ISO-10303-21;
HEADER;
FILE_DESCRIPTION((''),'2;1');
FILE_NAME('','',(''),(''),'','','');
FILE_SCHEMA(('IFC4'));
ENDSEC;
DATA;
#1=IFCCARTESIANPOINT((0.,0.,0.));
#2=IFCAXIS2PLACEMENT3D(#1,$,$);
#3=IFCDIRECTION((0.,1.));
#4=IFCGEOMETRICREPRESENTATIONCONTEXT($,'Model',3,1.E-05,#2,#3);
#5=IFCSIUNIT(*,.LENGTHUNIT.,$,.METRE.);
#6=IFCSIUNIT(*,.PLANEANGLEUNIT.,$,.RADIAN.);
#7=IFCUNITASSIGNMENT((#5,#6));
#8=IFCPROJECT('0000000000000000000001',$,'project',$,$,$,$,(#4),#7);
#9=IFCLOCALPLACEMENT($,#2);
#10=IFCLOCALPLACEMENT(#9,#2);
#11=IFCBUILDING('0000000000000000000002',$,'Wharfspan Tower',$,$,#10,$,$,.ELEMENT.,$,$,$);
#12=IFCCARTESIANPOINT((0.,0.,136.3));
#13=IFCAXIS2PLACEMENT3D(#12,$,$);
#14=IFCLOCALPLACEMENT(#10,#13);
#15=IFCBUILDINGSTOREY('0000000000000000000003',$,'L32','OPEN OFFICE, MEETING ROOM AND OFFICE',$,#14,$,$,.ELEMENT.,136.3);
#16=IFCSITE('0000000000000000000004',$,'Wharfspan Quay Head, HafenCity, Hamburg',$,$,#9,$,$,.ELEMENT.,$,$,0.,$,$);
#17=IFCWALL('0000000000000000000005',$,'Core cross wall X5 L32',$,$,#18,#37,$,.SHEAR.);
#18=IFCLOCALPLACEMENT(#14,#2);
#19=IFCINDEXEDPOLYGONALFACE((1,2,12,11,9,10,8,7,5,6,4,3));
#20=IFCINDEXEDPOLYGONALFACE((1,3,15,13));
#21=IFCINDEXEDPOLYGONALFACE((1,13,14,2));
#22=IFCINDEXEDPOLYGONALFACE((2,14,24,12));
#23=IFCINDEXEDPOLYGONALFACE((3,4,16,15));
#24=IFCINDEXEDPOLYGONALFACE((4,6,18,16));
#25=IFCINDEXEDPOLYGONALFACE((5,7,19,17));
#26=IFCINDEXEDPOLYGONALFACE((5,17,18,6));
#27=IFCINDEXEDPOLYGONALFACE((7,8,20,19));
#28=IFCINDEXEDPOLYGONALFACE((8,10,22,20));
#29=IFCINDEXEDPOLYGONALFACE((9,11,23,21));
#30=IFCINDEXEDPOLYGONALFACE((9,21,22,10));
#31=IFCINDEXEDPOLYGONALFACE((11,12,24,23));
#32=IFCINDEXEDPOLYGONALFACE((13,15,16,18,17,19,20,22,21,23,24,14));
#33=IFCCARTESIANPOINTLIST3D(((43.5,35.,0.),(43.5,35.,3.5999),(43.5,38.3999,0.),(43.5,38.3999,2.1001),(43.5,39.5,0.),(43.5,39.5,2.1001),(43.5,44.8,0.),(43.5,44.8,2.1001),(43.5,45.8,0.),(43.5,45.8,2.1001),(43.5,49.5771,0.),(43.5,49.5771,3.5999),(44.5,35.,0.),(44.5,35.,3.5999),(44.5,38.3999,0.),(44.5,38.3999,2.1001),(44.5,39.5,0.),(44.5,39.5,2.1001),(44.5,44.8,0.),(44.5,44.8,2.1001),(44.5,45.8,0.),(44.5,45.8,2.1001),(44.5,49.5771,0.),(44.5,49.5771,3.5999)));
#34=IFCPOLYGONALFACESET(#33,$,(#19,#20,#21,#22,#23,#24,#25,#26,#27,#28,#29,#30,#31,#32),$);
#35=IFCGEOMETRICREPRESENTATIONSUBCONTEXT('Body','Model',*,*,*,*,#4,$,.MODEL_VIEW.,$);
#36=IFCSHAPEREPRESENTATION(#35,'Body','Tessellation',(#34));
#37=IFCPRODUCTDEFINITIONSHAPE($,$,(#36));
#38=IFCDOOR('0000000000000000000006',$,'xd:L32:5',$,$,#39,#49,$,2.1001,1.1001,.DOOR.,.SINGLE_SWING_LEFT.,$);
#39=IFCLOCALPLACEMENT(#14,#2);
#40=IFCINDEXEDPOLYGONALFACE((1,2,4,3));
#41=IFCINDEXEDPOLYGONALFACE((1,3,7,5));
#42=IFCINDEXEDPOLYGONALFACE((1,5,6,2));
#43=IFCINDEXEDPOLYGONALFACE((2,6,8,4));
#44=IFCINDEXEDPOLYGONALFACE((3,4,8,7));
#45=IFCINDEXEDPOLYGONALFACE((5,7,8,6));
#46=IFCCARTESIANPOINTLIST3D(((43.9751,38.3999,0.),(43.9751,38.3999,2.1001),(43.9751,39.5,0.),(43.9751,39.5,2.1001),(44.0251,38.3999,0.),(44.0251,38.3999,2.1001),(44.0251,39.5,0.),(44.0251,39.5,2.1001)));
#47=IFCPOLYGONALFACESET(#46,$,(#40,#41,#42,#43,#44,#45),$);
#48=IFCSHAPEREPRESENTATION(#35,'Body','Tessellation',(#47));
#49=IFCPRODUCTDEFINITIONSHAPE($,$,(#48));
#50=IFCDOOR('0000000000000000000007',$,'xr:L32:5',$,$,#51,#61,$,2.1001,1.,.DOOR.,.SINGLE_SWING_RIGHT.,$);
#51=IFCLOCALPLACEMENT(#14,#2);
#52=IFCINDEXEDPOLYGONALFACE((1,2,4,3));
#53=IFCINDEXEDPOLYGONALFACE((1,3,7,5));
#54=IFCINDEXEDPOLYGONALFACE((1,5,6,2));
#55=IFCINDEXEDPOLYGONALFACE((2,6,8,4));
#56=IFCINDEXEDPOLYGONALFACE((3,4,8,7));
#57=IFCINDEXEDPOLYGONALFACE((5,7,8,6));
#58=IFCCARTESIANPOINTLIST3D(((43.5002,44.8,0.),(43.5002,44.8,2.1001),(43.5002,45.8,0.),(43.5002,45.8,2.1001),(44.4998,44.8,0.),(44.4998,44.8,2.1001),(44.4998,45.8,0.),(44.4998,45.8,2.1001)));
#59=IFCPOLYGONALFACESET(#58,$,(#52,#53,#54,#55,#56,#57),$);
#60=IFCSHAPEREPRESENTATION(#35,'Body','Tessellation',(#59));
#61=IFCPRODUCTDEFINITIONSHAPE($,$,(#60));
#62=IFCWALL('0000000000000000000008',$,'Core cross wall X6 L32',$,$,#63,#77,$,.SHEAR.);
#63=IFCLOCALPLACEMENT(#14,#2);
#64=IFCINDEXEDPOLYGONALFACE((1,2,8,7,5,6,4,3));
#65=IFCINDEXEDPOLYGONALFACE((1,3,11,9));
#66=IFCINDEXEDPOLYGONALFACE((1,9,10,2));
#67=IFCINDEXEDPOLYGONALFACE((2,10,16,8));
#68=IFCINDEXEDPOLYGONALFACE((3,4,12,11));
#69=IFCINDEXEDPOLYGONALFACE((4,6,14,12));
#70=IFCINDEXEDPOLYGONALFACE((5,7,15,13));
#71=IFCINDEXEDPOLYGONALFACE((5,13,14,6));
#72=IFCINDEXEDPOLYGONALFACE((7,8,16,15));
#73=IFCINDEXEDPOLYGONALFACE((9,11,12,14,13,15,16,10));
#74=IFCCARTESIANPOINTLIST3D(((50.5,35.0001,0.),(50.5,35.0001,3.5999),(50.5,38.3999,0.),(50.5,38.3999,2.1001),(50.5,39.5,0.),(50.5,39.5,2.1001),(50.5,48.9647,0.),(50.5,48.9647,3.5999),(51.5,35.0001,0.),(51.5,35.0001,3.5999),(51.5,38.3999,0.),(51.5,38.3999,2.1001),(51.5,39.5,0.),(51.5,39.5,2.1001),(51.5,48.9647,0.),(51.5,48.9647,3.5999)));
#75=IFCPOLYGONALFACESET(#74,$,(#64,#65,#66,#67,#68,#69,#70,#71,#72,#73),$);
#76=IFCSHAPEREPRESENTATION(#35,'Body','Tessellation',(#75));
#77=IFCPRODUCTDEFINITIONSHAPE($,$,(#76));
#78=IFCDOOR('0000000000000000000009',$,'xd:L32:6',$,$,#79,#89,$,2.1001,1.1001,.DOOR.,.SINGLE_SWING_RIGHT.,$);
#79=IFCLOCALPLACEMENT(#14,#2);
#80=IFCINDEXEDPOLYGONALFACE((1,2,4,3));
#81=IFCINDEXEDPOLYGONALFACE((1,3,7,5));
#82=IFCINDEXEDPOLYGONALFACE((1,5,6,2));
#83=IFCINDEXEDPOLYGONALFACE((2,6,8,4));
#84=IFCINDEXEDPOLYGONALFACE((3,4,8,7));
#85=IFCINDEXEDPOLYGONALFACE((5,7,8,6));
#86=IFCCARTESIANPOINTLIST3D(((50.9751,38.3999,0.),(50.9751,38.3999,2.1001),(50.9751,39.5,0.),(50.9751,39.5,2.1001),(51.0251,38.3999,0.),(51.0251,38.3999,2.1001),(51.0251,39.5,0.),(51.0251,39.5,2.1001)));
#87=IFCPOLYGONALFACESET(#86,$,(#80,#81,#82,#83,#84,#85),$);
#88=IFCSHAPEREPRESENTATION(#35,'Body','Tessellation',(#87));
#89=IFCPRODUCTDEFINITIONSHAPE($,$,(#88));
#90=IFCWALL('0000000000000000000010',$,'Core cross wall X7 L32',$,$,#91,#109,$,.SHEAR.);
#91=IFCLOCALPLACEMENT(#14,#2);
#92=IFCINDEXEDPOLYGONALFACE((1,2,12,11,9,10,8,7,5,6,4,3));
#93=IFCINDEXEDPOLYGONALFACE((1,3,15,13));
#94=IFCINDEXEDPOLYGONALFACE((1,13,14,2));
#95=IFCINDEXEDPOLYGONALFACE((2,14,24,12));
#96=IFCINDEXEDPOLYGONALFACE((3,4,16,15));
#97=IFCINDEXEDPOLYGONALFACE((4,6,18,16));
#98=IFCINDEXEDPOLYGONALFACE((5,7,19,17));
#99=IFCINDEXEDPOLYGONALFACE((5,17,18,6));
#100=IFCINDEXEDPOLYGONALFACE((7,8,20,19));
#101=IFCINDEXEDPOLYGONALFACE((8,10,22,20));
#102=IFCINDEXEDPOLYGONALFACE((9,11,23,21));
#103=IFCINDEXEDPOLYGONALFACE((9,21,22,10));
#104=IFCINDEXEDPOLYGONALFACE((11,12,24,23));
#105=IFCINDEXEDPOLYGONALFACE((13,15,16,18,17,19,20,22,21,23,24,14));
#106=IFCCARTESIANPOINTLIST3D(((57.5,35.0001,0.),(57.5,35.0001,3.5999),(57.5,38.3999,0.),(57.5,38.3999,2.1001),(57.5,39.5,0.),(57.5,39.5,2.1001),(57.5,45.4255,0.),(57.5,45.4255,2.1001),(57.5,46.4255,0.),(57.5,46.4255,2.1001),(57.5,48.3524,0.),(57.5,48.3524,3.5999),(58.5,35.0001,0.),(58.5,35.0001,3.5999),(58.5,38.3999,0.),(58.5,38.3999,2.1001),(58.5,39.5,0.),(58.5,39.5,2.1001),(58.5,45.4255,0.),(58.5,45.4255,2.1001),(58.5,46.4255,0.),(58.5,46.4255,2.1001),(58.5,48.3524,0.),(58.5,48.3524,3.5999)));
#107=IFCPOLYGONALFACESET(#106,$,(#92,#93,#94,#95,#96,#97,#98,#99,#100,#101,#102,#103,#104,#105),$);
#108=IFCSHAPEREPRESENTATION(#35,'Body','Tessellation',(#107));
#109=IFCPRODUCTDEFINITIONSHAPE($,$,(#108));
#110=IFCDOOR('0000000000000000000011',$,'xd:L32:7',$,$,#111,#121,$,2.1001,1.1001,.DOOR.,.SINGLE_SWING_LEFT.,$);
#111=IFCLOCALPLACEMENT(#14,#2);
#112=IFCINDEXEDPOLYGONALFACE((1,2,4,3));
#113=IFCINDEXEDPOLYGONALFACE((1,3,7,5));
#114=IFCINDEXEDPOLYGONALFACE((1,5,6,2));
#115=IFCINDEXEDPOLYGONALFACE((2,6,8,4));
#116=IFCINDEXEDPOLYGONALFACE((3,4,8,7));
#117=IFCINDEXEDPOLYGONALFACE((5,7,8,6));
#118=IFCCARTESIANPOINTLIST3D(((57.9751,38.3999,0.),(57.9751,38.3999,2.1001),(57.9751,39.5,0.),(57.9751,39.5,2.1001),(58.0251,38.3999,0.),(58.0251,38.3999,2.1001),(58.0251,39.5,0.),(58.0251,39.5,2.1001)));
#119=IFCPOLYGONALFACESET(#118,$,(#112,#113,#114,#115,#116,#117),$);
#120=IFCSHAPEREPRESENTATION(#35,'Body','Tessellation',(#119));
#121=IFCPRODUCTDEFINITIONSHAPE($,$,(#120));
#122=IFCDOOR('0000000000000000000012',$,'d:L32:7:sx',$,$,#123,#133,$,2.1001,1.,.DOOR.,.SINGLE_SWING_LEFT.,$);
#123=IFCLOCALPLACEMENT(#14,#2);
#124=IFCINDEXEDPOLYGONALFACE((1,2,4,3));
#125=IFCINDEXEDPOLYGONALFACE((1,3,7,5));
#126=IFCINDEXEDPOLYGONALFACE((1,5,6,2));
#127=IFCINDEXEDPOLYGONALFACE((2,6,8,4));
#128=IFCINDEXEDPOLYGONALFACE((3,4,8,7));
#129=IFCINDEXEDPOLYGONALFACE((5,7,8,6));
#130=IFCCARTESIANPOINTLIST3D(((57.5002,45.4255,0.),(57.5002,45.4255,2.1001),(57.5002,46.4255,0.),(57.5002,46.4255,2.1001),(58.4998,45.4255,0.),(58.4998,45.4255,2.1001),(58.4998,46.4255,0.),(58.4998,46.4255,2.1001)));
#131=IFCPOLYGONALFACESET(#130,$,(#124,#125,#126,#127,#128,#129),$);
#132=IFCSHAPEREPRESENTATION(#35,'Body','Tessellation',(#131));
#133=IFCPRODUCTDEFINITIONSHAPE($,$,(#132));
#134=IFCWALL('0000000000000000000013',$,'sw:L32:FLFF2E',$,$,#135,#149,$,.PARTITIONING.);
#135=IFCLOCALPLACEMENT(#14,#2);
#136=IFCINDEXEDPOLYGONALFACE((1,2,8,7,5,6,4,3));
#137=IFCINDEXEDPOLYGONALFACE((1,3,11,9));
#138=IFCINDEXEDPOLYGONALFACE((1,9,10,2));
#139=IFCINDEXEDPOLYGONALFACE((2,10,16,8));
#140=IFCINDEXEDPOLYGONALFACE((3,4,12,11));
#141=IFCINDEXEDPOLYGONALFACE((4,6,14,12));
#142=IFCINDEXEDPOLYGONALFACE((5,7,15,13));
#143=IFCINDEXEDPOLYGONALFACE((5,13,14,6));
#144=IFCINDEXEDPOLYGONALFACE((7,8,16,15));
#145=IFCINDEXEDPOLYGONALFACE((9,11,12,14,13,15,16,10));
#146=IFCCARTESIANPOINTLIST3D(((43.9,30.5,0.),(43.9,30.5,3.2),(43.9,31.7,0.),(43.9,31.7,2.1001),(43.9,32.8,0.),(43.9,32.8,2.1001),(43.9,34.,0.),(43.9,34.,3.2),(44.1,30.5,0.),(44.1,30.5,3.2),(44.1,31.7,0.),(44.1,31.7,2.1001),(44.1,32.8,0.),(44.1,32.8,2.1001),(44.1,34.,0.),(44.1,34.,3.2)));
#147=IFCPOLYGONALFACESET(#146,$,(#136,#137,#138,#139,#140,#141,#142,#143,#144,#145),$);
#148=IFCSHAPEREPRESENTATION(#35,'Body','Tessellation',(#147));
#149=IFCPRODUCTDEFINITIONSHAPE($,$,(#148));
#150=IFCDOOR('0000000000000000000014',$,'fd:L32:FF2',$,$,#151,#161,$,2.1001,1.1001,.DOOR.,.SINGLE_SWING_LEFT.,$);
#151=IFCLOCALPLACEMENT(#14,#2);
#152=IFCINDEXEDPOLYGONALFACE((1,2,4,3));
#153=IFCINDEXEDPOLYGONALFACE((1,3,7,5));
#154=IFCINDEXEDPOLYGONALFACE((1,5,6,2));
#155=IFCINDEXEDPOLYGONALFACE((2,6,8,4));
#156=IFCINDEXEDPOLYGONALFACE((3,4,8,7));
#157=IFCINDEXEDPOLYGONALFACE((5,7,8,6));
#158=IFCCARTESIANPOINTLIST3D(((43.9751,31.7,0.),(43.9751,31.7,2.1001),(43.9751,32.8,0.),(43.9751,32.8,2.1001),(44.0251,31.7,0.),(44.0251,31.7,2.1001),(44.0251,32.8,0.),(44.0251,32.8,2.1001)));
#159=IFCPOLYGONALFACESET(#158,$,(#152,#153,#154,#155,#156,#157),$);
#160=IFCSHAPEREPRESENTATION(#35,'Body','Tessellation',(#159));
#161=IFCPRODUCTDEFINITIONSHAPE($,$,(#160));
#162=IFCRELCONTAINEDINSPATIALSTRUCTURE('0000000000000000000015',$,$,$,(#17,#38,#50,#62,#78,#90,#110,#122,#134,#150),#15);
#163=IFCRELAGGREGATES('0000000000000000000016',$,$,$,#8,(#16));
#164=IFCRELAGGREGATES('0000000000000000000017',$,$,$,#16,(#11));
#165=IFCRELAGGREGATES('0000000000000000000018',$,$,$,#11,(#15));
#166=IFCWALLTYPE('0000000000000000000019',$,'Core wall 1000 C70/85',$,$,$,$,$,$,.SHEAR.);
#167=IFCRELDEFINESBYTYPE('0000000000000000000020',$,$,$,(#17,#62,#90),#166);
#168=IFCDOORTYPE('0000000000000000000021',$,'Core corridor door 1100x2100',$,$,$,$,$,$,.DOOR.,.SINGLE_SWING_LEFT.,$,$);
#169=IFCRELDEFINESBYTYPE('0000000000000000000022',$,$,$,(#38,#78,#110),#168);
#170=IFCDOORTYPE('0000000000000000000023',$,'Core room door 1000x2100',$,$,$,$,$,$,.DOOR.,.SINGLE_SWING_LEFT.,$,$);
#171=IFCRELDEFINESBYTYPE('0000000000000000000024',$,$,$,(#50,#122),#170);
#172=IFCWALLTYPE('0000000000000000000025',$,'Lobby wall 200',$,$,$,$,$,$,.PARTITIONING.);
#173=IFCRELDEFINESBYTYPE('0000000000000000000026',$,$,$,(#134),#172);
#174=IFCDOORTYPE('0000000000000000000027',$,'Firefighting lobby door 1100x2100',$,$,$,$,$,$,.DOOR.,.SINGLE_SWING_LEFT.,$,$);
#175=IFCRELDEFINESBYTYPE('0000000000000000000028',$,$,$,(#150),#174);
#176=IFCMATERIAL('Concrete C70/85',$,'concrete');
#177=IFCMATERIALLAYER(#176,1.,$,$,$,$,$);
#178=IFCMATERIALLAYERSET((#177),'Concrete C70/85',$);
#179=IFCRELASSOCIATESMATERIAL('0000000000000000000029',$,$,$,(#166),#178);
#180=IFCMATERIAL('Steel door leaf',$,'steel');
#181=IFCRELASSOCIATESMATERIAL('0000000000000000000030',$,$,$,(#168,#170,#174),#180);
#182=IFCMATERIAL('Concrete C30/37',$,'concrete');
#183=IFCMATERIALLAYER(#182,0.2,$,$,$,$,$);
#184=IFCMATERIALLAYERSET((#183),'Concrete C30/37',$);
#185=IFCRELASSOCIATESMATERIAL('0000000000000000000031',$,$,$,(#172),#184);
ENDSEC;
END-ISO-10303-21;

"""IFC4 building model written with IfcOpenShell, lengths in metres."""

from ifc_helpers import new_model, si_unit, direction, frame, frame_2d, origin, place, context, subcontext, project, spatial, rectangle, extrude, material, layer, layer_set, type_object, element, fill, save


model = new_model("IFC4")

# Units and contexts
model_context = context("Model", 3, precision=1e-05, world=origin(), true_north=direction((0.0, 1.0)))
body_context = subcontext(model_context, "Body", "Model", "MODEL_VIEW")
ifc_project = project(units=[si_unit("LENGTHUNIT", "METRE"), si_unit("PLANEANGLEUNIT", "RADIAN")], contexts=[model_context])

# Site, building, storey
site_placement = place(None, origin())
site = spatial("IfcSite", under=ifc_project, at=site_placement, Name="Wharfspan Quay Head, HafenCity, Hamburg", CompositionType="ELEMENT", RefElevation=0.0)
building_placement = place(site_placement, origin())
building = spatial("IfcBuilding", under=site, at=building_placement, Name="Wharfspan Tower", CompositionType="ELEMENT")
storey_placement = place(building_placement, frame((0.0, 0.0, 136.3)))
storey = spatial("IfcBuildingStorey", under=building, at=storey_placement, Name="L32", Description="OPEN OFFICE, MEETING ROOM AND OFFICE", CompositionType="ELEMENT", Elevation=136.3)

# Wall, openings, doors
ifc_material_1 = material(Name="Concrete C70/85", Category="concrete")
ifc_layer_1 = layer(ifc_material_1, 1.0)
ifc_layer_set_1 = layer_set([ifc_layer_1], Name="Concrete C70/85")
wall_type_1 = type_object("IfcWallType", Name="Core wall 1000 C70/85", PredefinedType="SHEAR", material=ifc_layer_set_1)
wall_1_placement = place(storey_placement, frame((44.0, 35.0, 0.0), z_axis=(0.0, 0.0, 1.0), x_axis=(0.0, 1.0, 0.0)))
wall_1 = element("IfcWall", 1, at=wall_1_placement, inside=storey, type_object=wall_type_1, Name="Core cross wall X5 L32", PredefinedType="SHEAR", context=body_context, shape_type="SweptSolid", body=[
    extrude(rectangle(XDim=14.5771, YDim=1.0, at=frame_2d((7.2886, 0.0))), origin(), (0.0, 0.0, 1.0), 3.5999),
])
opening_1_placement = place(wall_1_placement, frame((3.3999, 0.0, 0.0)))
opening_1 = element("IfcOpeningElement", 2, at=opening_1_placement, cuts=wall_1, PredefinedType="OPENING", context=body_context, shape_type="SweptSolid", body=[
    extrude(rectangle(XDim=1.1001, YDim=2.1001, at=frame_2d((0.55, 1.05))), frame((0.0, 0.51, 0.0), z_axis=(0.0, -1.0, 0.0), x_axis=(1.0, 0.0, 0.0)), (0.0, 0.0, 1.0), 1.02),
])
opening_2_placement = place(wall_1_placement, frame((9.8, 0.0, 0.0)))
opening_2 = element("IfcOpeningElement", 3, at=opening_2_placement, cuts=wall_1, PredefinedType="OPENING", context=body_context, shape_type="SweptSolid", body=[
    extrude(rectangle(XDim=1.0, YDim=2.1001, at=frame_2d((0.5, 1.05))), frame((0.0, 0.51, 0.0), z_axis=(0.0, -1.0, 0.0), x_axis=(1.0, 0.0, 0.0)), (0.0, 0.0, 1.0), 1.02),
])
ifc_material_2 = material(Name="Steel door leaf", Category="steel")
door_type_1 = type_object("IfcDoorType", Name="Core corridor door 1100x2100", OperationType="SINGLE_SWING_LEFT", PredefinedType="DOOR", material=ifc_material_2)
door_1_placement = place(opening_1_placement, origin())
door_1 = element("IfcDoor", 4, at=door_1_placement, inside=storey, type_object=door_type_1, Name="xd:L32:5", OperationType="SINGLE_SWING_LEFT", OverallHeight=2.1001, OverallWidth=1.1001, PredefinedType="DOOR", context=body_context, shape_type="SweptSolid", body=[
    extrude(rectangle(XDim=1.1001, YDim=2.1001, at=frame_2d((0.55, 1.05))), frame((0.0, 0.0249, 0.0), z_axis=(0.0, -1.0, 0.0), x_axis=(1.0, 0.0, 0.0)), (0.0, 0.0, 1.0), 0.05),
])
fill(opening_1, door_1)
door_type_2 = type_object("IfcDoorType", Name="Core room door 1000x2100", OperationType="SINGLE_SWING_LEFT", PredefinedType="DOOR", material=ifc_material_2)
door_2_placement = place(opening_2_placement, origin())
door_2 = element("IfcDoor", 5, at=door_2_placement, inside=storey, type_object=door_type_2, Name="xr:L32:5", OperationType="SINGLE_SWING_RIGHT", OverallHeight=2.1001, OverallWidth=1.0, PredefinedType="DOOR", context=body_context, shape_type="SweptSolid", body=[
    extrude(rectangle(XDim=1.0, YDim=2.1001, at=frame_2d((0.5, 1.05))), frame((0.0, 0.4998, 0.0), z_axis=(0.0, -1.0, 0.0), x_axis=(1.0, 0.0, 0.0)), (0.0, 0.0, 1.0), 0.9995),
])
fill(opening_2, door_2)

# Wall, opening, door
wall_2_placement = place(storey_placement, frame((51.0, 35.0, 0.0), z_axis=(0.0, 0.0, 1.0), x_axis=(0.0, 1.0, 0.0)))
wall_2 = element("IfcWall", 6, at=wall_2_placement, inside=storey, type_object=wall_type_1, Name="Core cross wall X6 L32", PredefinedType="SHEAR", context=body_context, shape_type="SweptSolid", body=[
    extrude(rectangle(XDim=13.9646, YDim=1.0, at=frame_2d((6.9824, 0.0))), origin(), (0.0, 0.0, 1.0), 3.5999),
])
opening_3_placement = place(wall_2_placement, frame((3.3999, 0.0, 0.0)))
opening_3 = element("IfcOpeningElement", 7, at=opening_3_placement, cuts=wall_2, PredefinedType="OPENING", context=body_context, shape_type="SweptSolid", body=[
    extrude(rectangle(XDim=1.1001, YDim=2.1001, at=frame_2d((0.55, 1.05))), frame((0.0, 0.51, 0.0), z_axis=(0.0, -1.0, 0.0), x_axis=(1.0, 0.0, 0.0)), (0.0, 0.0, 1.0), 1.02),
])
door_3_placement = place(opening_3_placement, origin())
door_3 = element("IfcDoor", 8, at=door_3_placement, inside=storey, type_object=door_type_1, Name="xd:L32:6", OperationType="SINGLE_SWING_RIGHT", OverallHeight=2.1001, OverallWidth=1.1001, PredefinedType="DOOR", context=body_context, shape_type="SweptSolid", body=[
    extrude(rectangle(XDim=1.1001, YDim=2.1001, at=frame_2d((0.55, 1.05))), frame((0.0, 0.0249, 0.0), z_axis=(0.0, -1.0, 0.0), x_axis=(1.0, 0.0, 0.0)), (0.0, 0.0, 1.0), 0.05),
])
fill(opening_3, door_3)

# Wall, openings, doors
wall_3_placement = place(storey_placement, frame((58.0, 35.0, 0.0), z_axis=(0.0, 0.0, 1.0), x_axis=(0.0, 1.0, 0.0)))
wall_3 = element("IfcWall", 9, at=wall_3_placement, inside=storey, type_object=wall_type_1, Name="Core cross wall X7 L32", PredefinedType="SHEAR", context=body_context, shape_type="SweptSolid", body=[
    extrude(rectangle(XDim=13.3523, YDim=1.0, at=frame_2d((6.6763, 0.0))), origin(), (0.0, 0.0, 1.0), 3.5999),
])
opening_4_placement = place(wall_3_placement, frame((10.4255, 0.0, 0.0)))
opening_4 = element("IfcOpeningElement", 10, at=opening_4_placement, cuts=wall_3, PredefinedType="OPENING", context=body_context, shape_type="SweptSolid", body=[
    extrude(rectangle(XDim=1.0, YDim=2.1001, at=frame_2d((0.5, 1.05))), frame((0.0, 0.51, 0.0), z_axis=(0.0, -1.0, 0.0), x_axis=(1.0, 0.0, 0.0)), (0.0, 0.0, 1.0), 1.02),
])
opening_5_placement = place(wall_3_placement, frame((3.3999, 0.0, 0.0)))
opening_5 = element("IfcOpeningElement", 11, at=opening_5_placement, cuts=wall_3, PredefinedType="OPENING", context=body_context, shape_type="SweptSolid", body=[
    extrude(rectangle(XDim=1.1001, YDim=2.1001, at=frame_2d((0.55, 1.05))), frame((0.0, 0.51, 0.0), z_axis=(0.0, -1.0, 0.0), x_axis=(1.0, 0.0, 0.0)), (0.0, 0.0, 1.0), 1.02),
])
door_4_placement = place(opening_5_placement, origin())
door_4 = element("IfcDoor", 12, at=door_4_placement, inside=storey, type_object=door_type_1, Name="xd:L32:7", OperationType="SINGLE_SWING_LEFT", OverallHeight=2.1001, OverallWidth=1.1001, PredefinedType="DOOR", context=body_context, shape_type="SweptSolid", body=[
    extrude(rectangle(XDim=1.1001, YDim=2.1001, at=frame_2d((0.55, 1.05))), frame((0.0, 0.0249, 0.0), z_axis=(0.0, -1.0, 0.0), x_axis=(1.0, 0.0, 0.0)), (0.0, 0.0, 1.0), 0.05),
])
fill(opening_5, door_4)
door_5_placement = place(opening_4_placement, origin())
door_5 = element("IfcDoor", 13, at=door_5_placement, inside=storey, type_object=door_type_2, Name="d:L32:7:sx", OperationType="SINGLE_SWING_LEFT", OverallHeight=2.1001, OverallWidth=1.0, PredefinedType="DOOR", context=body_context, shape_type="SweptSolid", body=[
    extrude(rectangle(XDim=1.0, YDim=2.1001, at=frame_2d((0.5, 1.05))), frame((0.0, 0.4998, 0.0), z_axis=(0.0, -1.0, 0.0), x_axis=(1.0, 0.0, 0.0)), (0.0, 0.0, 1.0), 0.9995),
])
fill(opening_4, door_5)

# Wall, opening, door
ifc_material_3 = material(Name="Concrete C30/37", Category="concrete")
ifc_layer_2 = layer(ifc_material_3, 0.2)
ifc_layer_set_2 = layer_set([ifc_layer_2], Name="Concrete C30/37")
wall_type_2 = type_object("IfcWallType", Name="Lobby wall 200", PredefinedType="PARTITIONING", material=ifc_layer_set_2)
wall_4_placement = place(storey_placement, frame((44.0, 30.5, 0.0), z_axis=(0.0, 0.0, 1.0), x_axis=(0.0, 1.0, 0.0)))
wall_4 = element("IfcWall", 14, at=wall_4_placement, inside=storey, type_object=wall_type_2, Name="sw:L32:FLFF2E", PredefinedType="PARTITIONING", context=body_context, shape_type="SweptSolid", body=[
    extrude(rectangle(XDim=3.5, YDim=0.2, at=frame_2d((1.75, 0.0))), origin(), (0.0, 0.0, 1.0), 3.2),
])
opening_6_placement = place(wall_4_placement, frame((1.2, 0.0, 0.0)))
opening_6 = element("IfcOpeningElement", 15, at=opening_6_placement, cuts=wall_4, PredefinedType="OPENING", context=body_context, shape_type="SweptSolid", body=[
    extrude(rectangle(XDim=1.1001, YDim=2.1001, at=frame_2d((0.55, 1.05))), frame((0.0, 0.1099, 0.0), z_axis=(0.0, -1.0, 0.0), x_axis=(1.0, 0.0, 0.0)), (0.0, 0.0, 1.0), 0.22),
])
door_type_3 = type_object("IfcDoorType", Name="Firefighting lobby door 1100x2100", OperationType="SINGLE_SWING_LEFT", PredefinedType="DOOR", material=ifc_material_2)
door_6_placement = place(opening_6_placement, origin())
door_6 = element("IfcDoor", 16, at=door_6_placement, inside=storey, type_object=door_type_3, Name="fd:L32:FF2", OperationType="SINGLE_SWING_LEFT", OverallHeight=2.1001, OverallWidth=1.1001, PredefinedType="DOOR", context=body_context, shape_type="SweptSolid", body=[
    extrude(rectangle(XDim=1.1001, YDim=2.1001, at=frame_2d((0.55, 1.05))), frame((0.0, 0.0249, 0.0), z_axis=(0.0, -1.0, 0.0), x_axis=(1.0, 0.0, 0.0)), (0.0, 0.0, 1.0), 0.05),
])
fill(opening_6, door_6)

save(model, "model.ifc")
